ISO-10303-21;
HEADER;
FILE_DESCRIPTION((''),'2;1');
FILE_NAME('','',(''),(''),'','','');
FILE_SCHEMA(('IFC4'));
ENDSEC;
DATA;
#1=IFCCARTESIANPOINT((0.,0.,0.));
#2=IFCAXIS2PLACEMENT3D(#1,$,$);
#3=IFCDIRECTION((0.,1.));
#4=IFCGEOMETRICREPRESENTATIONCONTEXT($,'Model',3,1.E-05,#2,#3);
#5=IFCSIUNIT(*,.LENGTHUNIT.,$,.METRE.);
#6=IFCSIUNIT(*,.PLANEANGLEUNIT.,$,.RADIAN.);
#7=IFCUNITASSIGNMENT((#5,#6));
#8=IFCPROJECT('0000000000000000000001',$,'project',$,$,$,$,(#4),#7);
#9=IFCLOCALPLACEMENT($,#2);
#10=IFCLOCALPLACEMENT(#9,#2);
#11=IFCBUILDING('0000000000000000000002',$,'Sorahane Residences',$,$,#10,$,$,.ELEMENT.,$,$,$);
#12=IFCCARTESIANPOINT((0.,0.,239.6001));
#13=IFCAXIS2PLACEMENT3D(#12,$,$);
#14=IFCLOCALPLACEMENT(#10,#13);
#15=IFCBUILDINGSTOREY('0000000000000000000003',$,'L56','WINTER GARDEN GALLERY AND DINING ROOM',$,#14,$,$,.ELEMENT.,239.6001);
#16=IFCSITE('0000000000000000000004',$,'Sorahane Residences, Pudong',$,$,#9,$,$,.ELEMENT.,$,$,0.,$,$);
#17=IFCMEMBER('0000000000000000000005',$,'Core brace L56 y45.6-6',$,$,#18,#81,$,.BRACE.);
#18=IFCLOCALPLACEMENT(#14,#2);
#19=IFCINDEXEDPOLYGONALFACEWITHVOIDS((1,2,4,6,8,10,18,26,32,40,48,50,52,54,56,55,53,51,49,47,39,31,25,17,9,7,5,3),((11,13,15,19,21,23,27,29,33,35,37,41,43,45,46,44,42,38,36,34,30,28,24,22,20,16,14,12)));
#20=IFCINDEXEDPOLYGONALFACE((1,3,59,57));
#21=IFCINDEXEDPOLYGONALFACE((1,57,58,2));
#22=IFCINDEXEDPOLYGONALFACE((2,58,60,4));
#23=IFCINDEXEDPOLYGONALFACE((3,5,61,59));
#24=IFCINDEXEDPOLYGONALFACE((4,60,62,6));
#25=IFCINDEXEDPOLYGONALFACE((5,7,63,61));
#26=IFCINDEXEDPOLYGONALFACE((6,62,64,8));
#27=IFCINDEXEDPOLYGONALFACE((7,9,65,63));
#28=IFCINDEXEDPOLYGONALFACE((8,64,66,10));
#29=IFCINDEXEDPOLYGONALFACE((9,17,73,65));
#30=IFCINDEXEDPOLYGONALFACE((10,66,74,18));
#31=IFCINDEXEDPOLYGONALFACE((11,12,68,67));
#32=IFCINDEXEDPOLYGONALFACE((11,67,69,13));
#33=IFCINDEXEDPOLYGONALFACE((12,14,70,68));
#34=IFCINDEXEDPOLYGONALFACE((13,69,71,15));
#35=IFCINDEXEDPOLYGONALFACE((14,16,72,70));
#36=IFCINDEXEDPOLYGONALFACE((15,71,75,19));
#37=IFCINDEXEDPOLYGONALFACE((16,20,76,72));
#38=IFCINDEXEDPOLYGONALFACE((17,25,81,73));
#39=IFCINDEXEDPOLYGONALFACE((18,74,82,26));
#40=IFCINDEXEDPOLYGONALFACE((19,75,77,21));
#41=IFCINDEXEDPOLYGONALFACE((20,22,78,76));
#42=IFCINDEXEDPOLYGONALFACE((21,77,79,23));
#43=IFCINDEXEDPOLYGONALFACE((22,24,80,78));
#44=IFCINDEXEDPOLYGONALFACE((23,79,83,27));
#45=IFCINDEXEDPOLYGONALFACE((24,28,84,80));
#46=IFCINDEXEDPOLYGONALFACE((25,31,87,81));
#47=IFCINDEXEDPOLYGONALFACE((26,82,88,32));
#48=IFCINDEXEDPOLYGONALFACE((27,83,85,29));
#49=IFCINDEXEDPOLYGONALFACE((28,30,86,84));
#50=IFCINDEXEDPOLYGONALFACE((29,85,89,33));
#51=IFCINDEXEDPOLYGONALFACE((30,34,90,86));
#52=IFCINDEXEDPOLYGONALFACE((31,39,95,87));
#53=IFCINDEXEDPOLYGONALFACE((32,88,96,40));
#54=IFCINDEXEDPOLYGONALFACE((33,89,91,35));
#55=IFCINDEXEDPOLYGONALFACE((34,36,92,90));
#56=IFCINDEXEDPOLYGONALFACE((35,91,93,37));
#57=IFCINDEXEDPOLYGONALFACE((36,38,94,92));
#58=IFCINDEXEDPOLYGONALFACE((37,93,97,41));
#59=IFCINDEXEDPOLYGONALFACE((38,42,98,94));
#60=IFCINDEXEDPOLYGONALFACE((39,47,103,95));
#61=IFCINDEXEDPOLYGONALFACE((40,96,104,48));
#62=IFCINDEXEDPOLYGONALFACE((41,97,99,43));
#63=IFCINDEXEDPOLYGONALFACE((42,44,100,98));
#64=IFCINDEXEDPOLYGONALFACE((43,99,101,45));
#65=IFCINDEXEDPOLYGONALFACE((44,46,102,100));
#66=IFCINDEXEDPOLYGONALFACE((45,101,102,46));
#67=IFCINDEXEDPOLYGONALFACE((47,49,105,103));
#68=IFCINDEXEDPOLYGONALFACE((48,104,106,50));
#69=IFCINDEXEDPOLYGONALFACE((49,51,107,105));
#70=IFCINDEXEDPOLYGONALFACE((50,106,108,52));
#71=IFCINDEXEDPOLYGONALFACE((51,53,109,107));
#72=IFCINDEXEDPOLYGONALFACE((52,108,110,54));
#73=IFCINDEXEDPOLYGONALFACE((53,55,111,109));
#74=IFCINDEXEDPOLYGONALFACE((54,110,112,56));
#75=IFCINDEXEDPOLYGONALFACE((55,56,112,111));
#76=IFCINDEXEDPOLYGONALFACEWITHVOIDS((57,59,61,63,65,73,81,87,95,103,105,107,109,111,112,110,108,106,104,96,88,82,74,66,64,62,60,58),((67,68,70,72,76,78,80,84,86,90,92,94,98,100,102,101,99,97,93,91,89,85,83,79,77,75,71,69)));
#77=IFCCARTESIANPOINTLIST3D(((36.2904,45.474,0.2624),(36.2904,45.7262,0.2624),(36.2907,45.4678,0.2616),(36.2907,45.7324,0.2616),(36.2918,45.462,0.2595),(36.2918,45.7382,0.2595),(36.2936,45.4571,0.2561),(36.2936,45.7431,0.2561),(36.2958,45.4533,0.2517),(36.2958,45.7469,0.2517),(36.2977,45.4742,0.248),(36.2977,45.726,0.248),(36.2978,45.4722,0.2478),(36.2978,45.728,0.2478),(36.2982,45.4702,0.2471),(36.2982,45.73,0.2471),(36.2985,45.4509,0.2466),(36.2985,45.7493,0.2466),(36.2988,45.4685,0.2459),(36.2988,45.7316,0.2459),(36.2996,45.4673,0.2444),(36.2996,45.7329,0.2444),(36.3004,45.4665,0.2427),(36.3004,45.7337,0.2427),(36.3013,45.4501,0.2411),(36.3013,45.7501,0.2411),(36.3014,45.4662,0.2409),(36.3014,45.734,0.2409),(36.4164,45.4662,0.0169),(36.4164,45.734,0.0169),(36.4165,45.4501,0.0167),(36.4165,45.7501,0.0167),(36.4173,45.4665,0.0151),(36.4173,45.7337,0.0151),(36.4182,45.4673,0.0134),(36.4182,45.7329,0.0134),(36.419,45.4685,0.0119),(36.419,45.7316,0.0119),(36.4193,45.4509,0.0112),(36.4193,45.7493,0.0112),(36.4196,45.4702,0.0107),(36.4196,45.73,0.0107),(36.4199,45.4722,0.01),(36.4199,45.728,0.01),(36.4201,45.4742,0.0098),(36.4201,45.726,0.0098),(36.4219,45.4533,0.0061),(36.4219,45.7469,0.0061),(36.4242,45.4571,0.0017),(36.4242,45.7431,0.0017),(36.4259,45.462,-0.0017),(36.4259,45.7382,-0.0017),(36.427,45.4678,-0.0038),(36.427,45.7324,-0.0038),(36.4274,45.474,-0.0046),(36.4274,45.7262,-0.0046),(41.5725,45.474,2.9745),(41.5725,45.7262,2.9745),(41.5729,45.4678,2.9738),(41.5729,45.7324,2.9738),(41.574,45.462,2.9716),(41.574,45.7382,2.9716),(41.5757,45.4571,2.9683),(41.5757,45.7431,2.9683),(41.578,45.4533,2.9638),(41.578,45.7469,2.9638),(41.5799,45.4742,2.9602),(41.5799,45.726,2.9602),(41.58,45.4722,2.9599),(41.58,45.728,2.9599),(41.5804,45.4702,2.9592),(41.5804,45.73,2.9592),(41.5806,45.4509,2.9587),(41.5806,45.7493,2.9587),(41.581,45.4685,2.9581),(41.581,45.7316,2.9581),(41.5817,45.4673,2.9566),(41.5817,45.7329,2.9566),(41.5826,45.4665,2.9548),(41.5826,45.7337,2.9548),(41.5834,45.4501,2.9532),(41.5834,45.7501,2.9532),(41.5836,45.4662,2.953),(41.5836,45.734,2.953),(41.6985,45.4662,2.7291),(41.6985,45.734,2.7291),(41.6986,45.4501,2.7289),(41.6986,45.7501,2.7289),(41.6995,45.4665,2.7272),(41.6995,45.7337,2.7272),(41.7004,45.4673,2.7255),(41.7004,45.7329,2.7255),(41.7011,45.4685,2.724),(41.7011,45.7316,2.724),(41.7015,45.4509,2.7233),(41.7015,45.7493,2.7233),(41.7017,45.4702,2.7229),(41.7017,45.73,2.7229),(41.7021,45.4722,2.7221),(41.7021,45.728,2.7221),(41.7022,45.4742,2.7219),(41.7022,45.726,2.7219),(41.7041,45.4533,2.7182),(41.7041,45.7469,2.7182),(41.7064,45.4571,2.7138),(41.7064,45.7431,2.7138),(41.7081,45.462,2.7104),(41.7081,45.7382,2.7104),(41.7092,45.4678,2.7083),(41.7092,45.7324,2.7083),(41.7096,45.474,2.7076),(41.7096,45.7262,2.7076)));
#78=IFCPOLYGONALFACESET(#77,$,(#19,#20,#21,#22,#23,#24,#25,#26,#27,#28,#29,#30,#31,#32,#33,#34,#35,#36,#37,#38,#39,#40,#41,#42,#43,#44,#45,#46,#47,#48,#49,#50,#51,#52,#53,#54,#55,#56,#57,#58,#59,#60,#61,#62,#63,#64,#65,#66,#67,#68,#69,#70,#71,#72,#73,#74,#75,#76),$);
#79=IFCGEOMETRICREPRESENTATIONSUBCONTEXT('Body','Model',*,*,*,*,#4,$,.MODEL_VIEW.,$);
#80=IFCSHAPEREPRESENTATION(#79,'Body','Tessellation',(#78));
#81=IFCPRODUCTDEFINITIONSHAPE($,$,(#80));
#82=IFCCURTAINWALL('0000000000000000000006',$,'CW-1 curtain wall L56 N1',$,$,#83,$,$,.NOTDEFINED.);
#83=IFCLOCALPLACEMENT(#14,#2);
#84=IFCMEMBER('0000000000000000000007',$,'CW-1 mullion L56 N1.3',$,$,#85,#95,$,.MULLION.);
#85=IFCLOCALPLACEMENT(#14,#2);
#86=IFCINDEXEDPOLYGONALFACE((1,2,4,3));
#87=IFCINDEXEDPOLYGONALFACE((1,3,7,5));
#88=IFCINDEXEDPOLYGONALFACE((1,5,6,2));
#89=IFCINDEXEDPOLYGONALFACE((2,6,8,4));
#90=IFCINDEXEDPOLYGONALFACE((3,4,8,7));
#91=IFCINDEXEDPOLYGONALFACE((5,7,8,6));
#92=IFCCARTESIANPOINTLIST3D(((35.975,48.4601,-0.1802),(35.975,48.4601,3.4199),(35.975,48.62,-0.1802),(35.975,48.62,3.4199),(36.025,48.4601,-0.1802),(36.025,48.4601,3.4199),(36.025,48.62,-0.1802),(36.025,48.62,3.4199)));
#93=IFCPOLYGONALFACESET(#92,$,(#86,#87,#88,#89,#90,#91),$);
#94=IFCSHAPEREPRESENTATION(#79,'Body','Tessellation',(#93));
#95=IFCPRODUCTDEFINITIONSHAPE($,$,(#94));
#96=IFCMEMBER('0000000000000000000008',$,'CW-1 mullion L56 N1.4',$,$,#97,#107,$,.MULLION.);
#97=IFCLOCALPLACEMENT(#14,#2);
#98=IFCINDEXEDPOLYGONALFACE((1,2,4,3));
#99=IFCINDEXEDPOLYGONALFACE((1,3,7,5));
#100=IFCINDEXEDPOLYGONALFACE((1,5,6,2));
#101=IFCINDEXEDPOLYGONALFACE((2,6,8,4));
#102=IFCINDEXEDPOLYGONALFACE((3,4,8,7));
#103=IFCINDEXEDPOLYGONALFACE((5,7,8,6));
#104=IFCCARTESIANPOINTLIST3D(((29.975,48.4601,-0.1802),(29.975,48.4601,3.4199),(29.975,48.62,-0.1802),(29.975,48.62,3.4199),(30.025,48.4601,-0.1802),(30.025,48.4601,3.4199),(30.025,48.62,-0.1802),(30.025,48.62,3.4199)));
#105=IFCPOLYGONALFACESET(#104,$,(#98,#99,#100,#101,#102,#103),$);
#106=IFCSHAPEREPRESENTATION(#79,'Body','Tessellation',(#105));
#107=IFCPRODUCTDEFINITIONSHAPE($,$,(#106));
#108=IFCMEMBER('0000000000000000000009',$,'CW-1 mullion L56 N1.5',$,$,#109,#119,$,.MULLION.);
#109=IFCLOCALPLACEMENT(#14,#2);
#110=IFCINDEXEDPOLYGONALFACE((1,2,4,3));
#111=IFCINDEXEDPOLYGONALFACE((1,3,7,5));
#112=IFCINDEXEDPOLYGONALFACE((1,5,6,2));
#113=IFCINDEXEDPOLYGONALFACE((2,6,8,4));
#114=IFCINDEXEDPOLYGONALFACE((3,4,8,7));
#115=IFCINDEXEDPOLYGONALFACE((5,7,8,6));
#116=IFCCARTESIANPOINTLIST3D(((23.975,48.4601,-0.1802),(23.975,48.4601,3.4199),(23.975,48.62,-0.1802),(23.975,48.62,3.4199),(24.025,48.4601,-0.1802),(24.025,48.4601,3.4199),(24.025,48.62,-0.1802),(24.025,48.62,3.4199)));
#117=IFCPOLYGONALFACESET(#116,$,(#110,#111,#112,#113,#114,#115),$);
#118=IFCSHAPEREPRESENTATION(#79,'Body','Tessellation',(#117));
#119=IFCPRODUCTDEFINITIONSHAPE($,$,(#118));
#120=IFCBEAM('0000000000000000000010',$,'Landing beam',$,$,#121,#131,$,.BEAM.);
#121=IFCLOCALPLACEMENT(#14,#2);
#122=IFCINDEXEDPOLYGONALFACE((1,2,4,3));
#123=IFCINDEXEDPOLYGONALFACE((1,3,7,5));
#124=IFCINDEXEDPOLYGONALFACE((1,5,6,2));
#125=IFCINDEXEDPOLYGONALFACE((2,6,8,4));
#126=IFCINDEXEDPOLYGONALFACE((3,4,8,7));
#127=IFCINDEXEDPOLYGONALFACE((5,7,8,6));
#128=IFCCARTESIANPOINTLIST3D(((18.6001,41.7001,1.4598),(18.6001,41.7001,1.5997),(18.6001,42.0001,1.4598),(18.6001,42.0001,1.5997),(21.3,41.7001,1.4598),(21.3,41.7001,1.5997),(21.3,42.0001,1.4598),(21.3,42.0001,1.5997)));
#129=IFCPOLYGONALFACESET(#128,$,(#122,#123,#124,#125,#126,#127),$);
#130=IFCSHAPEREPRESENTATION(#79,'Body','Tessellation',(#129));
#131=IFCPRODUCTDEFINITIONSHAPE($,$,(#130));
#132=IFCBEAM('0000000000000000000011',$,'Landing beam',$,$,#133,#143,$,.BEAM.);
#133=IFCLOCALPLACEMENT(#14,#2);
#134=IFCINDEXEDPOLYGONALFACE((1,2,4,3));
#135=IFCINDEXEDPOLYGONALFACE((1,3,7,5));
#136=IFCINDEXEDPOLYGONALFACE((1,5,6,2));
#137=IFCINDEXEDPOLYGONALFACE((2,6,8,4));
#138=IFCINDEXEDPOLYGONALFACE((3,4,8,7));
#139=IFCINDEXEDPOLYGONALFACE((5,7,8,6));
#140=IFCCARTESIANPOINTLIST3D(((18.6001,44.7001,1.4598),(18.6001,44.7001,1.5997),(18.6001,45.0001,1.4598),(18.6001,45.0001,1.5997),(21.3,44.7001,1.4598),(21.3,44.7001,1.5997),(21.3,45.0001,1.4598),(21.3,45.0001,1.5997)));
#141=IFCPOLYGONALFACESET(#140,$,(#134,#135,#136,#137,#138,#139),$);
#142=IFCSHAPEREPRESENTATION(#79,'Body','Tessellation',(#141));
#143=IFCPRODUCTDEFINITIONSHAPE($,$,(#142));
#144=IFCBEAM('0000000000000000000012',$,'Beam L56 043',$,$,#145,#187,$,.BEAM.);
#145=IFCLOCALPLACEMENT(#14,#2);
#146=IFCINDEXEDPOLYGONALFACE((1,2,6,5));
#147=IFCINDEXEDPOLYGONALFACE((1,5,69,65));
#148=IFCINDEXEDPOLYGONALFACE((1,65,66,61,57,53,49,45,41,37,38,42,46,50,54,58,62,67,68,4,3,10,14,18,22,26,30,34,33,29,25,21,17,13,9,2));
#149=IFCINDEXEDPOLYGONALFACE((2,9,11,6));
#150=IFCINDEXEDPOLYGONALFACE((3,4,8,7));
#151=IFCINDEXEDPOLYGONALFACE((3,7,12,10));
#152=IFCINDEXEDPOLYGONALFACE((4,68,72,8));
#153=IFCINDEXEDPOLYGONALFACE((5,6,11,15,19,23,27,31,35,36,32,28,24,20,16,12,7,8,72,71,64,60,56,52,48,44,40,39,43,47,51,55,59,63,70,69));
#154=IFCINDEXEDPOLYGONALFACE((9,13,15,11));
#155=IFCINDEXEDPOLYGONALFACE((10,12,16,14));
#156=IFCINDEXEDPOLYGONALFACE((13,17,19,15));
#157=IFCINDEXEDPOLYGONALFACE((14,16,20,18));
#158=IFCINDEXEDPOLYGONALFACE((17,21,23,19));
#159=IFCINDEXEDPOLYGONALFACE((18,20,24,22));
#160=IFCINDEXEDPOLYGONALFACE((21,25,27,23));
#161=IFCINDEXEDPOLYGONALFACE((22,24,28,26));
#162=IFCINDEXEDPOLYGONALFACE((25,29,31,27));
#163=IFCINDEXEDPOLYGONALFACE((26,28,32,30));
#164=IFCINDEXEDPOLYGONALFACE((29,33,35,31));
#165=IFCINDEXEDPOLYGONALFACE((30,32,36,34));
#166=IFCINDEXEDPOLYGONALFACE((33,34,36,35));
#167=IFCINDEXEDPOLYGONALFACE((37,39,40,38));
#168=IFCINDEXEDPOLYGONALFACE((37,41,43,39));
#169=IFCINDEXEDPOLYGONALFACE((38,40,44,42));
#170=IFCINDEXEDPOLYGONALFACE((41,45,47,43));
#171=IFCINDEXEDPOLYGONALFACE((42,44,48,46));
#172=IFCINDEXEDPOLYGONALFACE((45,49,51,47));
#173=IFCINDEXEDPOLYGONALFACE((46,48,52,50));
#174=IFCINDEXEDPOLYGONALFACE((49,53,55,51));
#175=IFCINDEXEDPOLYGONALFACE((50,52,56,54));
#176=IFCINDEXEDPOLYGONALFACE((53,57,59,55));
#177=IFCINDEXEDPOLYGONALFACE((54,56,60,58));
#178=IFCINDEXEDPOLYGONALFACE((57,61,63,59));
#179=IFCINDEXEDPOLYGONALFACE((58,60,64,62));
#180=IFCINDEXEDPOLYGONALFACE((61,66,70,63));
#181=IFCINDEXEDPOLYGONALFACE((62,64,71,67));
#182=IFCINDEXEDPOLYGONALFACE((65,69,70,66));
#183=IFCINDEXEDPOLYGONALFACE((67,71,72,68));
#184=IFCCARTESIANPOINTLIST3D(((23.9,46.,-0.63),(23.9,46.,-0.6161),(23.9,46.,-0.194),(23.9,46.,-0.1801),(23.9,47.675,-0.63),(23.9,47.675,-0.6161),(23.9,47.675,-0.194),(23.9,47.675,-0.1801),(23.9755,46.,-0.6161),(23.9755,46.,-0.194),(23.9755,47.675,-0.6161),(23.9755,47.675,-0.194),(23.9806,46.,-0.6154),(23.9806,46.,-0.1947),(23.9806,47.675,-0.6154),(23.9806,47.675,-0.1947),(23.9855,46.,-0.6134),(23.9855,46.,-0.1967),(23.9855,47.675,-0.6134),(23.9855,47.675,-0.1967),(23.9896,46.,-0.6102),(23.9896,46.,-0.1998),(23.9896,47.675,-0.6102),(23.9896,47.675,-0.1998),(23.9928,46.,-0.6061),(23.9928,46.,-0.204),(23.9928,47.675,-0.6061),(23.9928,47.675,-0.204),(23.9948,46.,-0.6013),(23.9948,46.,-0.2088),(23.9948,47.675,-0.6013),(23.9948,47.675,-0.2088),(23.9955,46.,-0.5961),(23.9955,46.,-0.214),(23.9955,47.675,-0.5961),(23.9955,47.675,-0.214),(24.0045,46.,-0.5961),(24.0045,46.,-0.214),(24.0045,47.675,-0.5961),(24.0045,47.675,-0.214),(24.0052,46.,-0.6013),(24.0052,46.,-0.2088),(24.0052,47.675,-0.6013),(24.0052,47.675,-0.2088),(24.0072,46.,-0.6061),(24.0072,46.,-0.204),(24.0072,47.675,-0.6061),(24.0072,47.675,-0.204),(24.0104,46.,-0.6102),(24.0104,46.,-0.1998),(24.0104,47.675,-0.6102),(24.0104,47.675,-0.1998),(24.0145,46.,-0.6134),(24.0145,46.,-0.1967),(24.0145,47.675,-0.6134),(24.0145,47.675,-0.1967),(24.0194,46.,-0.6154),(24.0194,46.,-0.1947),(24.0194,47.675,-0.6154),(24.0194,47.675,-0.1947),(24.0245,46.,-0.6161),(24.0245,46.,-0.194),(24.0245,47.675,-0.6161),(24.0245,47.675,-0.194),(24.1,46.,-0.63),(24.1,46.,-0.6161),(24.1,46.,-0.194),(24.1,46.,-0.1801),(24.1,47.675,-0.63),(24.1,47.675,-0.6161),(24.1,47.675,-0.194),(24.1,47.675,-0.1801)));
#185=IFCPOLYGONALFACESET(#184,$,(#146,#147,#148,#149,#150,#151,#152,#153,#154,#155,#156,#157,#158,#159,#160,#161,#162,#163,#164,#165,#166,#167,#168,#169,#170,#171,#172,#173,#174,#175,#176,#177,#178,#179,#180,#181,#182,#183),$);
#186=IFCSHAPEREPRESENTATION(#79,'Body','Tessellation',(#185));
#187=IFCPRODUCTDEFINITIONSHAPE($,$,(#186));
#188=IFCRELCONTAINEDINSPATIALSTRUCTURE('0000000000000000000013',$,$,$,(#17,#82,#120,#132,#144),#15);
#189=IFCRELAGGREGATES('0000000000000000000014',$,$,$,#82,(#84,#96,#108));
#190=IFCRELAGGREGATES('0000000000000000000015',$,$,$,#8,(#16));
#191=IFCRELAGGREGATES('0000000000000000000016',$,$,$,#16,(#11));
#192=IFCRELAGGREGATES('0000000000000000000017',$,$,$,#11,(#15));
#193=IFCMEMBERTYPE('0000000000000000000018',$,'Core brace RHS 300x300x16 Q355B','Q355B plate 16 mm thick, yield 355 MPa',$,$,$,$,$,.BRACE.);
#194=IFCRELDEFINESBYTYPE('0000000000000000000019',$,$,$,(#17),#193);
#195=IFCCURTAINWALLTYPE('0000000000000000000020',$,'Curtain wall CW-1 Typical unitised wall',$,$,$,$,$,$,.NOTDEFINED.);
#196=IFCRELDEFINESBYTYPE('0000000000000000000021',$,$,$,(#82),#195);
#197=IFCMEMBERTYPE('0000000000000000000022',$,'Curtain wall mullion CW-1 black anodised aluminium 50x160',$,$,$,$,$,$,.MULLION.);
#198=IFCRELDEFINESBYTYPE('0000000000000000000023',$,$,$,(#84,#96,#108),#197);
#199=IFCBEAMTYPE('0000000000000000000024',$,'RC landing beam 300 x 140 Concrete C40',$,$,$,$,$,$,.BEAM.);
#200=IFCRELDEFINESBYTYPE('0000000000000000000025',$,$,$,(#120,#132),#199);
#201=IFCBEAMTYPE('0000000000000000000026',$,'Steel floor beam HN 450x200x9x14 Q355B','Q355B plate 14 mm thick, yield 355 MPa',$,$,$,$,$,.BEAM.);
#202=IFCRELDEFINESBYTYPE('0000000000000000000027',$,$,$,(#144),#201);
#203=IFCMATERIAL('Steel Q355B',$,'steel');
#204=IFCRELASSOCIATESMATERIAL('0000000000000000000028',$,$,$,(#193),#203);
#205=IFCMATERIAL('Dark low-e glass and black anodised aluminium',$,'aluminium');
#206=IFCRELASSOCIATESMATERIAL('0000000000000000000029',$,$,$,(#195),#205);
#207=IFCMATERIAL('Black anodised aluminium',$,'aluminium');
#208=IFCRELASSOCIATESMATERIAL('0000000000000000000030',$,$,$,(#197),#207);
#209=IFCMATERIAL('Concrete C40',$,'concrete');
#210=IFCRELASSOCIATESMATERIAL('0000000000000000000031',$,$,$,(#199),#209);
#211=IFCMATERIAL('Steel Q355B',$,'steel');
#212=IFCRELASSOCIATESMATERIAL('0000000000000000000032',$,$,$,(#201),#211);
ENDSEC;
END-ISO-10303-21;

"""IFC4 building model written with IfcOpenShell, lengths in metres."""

from ifc_helpers import new_model, si_unit, direction, frame, origin, origin_2d, place, context, subcontext, project, spatial, rectangle, hollow_rectangle, i_section, extrude, material, material_profile, profile_set, type_object, element, aggregate, save


model = new_model("IFC4")

# Units and contexts
model_context = context("Model", 3, precision=1e-05, world=origin(), true_north=direction((0.0, 1.0)))
body_context = subcontext(model_context, "Body", "Model", "MODEL_VIEW")
ifc_project = project(units=[si_unit("LENGTHUNIT", "METRE"), si_unit("PLANEANGLEUNIT", "RADIAN")], contexts=[model_context])

# Site, building, storey
site_placement = place(None, origin())
site = spatial("IfcSite", under=ifc_project, at=site_placement, Name="Sorahane Residences, Pudong", CompositionType="ELEMENT", RefElevation=0.0)
building_placement = place(site_placement, origin())
building = spatial("IfcBuilding", under=site, at=building_placement, Name="Sorahane Residences", CompositionType="ELEMENT")
storey_placement = place(building_placement, frame((0.0, 0.0, 239.6001)))
storey = spatial("IfcBuildingStorey", under=building, at=storey_placement, Name="L56", Description="WINTER GARDEN GALLERY AND DINING ROOM", CompositionType="ELEMENT", Elevation=239.6001)

# Member
ifc_material_1 = material(Name="Steel Q355B", Category="steel")
ifc_material_profile_1 = material_profile(ifc_material_1, hollow_rectangle(XDim=0.3, YDim=0.3, WallThickness=0.0161, InnerFilletRadius=0.0081, OuterFilletRadius=0.0239, at=origin_2d()), Name="RHS 300x300x16")
ifc_profile_set_1 = profile_set([ifc_material_profile_1], Name="Steel Q355B")
member_type_1 = type_object("IfcMemberType", Name="Core brace RHS 300x300x16 Q355B", Description="Q355B plate 16 mm thick, yield 355 MPa", PredefinedType="BRACE", material=ifc_profile_set_1)
for number, where, z_axis, x_axis, name in (
    (1, (36.3589, 45.6001, 0.1289), (0.88959, 0.0, 0.45676), (0.0, 1.0, 0.0), "Core brace L56 y45.6-6"),
):
    element("IfcMember", number, at=place(storey_placement, frame(where, z_axis=z_axis, x_axis=x_axis)), inside=storey, type_object=member_type_1, Name=name, PredefinedType="BRACE", context=body_context, shape_type="SweptSolid", body=[
        extrude(hollow_rectangle(XDim=0.3, YDim=0.3, WallThickness=0.0161, InnerFilletRadius=0.0081, OuterFilletRadius=0.0239, at=origin_2d()), origin(), (0.0, 0.0, 1.0), 5.9377),
    ])

# Curtain wall, members
ifc_material_2 = material(Name="Dark low-e glass and black anodised aluminium", Category="aluminium")
curtain_wall_type = type_object("IfcCurtainWallType", Name="Curtain wall CW-1 Typical unitised wall", PredefinedType="NOTDEFINED", material=ifc_material_2)
curtain_wall_placement = place(storey_placement, origin())
curtain_wall = element("IfcCurtainWall", 2, at=curtain_wall_placement, inside=storey, type_object=curtain_wall_type, Name="CW-1 curtain wall L56 N1", PredefinedType="NOTDEFINED")
ifc_material_3 = material(Name="Black anodised aluminium", Category="aluminium")
ifc_material_profile_2 = material_profile(ifc_material_3, rectangle(XDim=0.1599, YDim=0.05, at=origin_2d()), Name="Curtain wall mullion CW-1 black anodised aluminium 50x160")
ifc_profile_set_2 = profile_set([ifc_material_profile_2], Name="Black anodised aluminium")
member_type_2 = type_object("IfcMemberType", Name="Curtain wall mullion CW-1 black anodised aluminium 50x160", PredefinedType="MULLION", material=ifc_profile_set_2)
member_1_placement = place(storey_placement, frame((36.0, 48.54, -0.1802), z_axis=(0.0, 0.0, 1.0), x_axis=(0.0, 1.0, 0.0)))
member_1 = element("IfcMember", 3, at=member_1_placement, type_object=member_type_2, Name="CW-1 mullion L56 N1.3", PredefinedType="MULLION", context=body_context, shape_type="SweptSolid", body=[
    extrude(rectangle(XDim=0.1599, YDim=0.05, at=origin_2d()), origin(), (0.0, 0.0, 1.0), 3.6001),
])
member_2_placement = place(storey_placement, frame((30.0, 48.54, -0.1802), z_axis=(0.0, 0.0, 1.0), x_axis=(0.0, 1.0, 0.0)))
member_2 = element("IfcMember", 4, at=member_2_placement, type_object=member_type_2, Name="CW-1 mullion L56 N1.4", PredefinedType="MULLION", context=body_context, shape_type="SweptSolid", body=[
    extrude(rectangle(XDim=0.1599, YDim=0.05, at=origin_2d()), origin(), (0.0, 0.0, 1.0), 3.6001),
])
member_3_placement = place(storey_placement, frame((24.0, 48.54, -0.1802), z_axis=(0.0, 0.0, 1.0), x_axis=(0.0, 1.0, 0.0)))
member_3 = element("IfcMember", 5, at=member_3_placement, type_object=member_type_2, Name="CW-1 mullion L56 N1.5", PredefinedType="MULLION", context=body_context, shape_type="SweptSolid", body=[
    extrude(rectangle(XDim=0.1599, YDim=0.05, at=origin_2d()), origin(), (0.0, 0.0, 1.0), 3.6001),
])

# Beams
ifc_material_4 = material(Name="Concrete C40", Category="concrete")
ifc_material_profile_3 = material_profile(ifc_material_4, rectangle(XDim=0.3, YDim=0.1399, at=origin_2d()), Name="300x140")
ifc_profile_set_3 = profile_set([ifc_material_profile_3], Name="Concrete C40")
beam_type_1 = type_object("IfcBeamType", Name="RC landing beam 300 x 140 Concrete C40", PredefinedType="BEAM", material=ifc_profile_set_3)
for number, where, z_axis, x_axis, name in (
    (6, (18.6001, 41.8501, 1.5298), (1.0, 0.0, 0.0), (0.0, 1.0, 0.0), "Landing beam"),
    (7, (18.6001, 44.8501, 1.5298), (1.0, 0.0, 0.0), (0.0, 1.0, 0.0), "Landing beam"),
):
    element("IfcBeam", number, at=place(storey_placement, frame(where, z_axis=z_axis, x_axis=x_axis)), inside=storey, type_object=beam_type_1, Name=name, PredefinedType="BEAM", context=body_context, shape_type="SweptSolid", body=[
        extrude(rectangle(XDim=0.3, YDim=0.1399, at=origin_2d()), origin(), (0.0, 0.0, 1.0), 2.7),
    ])
ifc_material_5 = material(Name="Steel Q355B", Category="steel")
ifc_material_profile_4 = material_profile(ifc_material_5, i_section(OverallWidth=0.2, OverallDepth=0.45, WebThickness=0.009, FlangeThickness=0.0139, FilletRadius=0.02, at=origin_2d()), Name="HN 450x200x9x14")
ifc_profile_set_4 = profile_set([ifc_material_profile_4], Name="Steel Q355B")
beam_type_2 = type_object("IfcBeamType", Name="Steel floor beam HN 450x200x9x14 Q355B", Description="Q355B plate 14 mm thick, yield 355 MPa", PredefinedType="BEAM", material=ifc_profile_set_4)
beam_1_placement = place(storey_placement, frame((24.0, 46.0, -0.405), z_axis=(0.0, 1.0, 0.0), x_axis=(-1.0, 0.0, 0.0)))
element("IfcBeam", 8, at=beam_1_placement, inside=storey, type_object=beam_type_2, Name="Beam L56 043", PredefinedType="BEAM", context=body_context, shape_type="SweptSolid", body=[
    extrude(i_section(OverallWidth=0.2, OverallDepth=0.45, WebThickness=0.009, FlangeThickness=0.0139, FilletRadius=0.02, at=origin_2d()), origin(), (0.0, 0.0, 1.0), 1.675),
])

aggregate(curtain_wall, [member_1, member_2, member_3])

save(model, "model.ifc")
